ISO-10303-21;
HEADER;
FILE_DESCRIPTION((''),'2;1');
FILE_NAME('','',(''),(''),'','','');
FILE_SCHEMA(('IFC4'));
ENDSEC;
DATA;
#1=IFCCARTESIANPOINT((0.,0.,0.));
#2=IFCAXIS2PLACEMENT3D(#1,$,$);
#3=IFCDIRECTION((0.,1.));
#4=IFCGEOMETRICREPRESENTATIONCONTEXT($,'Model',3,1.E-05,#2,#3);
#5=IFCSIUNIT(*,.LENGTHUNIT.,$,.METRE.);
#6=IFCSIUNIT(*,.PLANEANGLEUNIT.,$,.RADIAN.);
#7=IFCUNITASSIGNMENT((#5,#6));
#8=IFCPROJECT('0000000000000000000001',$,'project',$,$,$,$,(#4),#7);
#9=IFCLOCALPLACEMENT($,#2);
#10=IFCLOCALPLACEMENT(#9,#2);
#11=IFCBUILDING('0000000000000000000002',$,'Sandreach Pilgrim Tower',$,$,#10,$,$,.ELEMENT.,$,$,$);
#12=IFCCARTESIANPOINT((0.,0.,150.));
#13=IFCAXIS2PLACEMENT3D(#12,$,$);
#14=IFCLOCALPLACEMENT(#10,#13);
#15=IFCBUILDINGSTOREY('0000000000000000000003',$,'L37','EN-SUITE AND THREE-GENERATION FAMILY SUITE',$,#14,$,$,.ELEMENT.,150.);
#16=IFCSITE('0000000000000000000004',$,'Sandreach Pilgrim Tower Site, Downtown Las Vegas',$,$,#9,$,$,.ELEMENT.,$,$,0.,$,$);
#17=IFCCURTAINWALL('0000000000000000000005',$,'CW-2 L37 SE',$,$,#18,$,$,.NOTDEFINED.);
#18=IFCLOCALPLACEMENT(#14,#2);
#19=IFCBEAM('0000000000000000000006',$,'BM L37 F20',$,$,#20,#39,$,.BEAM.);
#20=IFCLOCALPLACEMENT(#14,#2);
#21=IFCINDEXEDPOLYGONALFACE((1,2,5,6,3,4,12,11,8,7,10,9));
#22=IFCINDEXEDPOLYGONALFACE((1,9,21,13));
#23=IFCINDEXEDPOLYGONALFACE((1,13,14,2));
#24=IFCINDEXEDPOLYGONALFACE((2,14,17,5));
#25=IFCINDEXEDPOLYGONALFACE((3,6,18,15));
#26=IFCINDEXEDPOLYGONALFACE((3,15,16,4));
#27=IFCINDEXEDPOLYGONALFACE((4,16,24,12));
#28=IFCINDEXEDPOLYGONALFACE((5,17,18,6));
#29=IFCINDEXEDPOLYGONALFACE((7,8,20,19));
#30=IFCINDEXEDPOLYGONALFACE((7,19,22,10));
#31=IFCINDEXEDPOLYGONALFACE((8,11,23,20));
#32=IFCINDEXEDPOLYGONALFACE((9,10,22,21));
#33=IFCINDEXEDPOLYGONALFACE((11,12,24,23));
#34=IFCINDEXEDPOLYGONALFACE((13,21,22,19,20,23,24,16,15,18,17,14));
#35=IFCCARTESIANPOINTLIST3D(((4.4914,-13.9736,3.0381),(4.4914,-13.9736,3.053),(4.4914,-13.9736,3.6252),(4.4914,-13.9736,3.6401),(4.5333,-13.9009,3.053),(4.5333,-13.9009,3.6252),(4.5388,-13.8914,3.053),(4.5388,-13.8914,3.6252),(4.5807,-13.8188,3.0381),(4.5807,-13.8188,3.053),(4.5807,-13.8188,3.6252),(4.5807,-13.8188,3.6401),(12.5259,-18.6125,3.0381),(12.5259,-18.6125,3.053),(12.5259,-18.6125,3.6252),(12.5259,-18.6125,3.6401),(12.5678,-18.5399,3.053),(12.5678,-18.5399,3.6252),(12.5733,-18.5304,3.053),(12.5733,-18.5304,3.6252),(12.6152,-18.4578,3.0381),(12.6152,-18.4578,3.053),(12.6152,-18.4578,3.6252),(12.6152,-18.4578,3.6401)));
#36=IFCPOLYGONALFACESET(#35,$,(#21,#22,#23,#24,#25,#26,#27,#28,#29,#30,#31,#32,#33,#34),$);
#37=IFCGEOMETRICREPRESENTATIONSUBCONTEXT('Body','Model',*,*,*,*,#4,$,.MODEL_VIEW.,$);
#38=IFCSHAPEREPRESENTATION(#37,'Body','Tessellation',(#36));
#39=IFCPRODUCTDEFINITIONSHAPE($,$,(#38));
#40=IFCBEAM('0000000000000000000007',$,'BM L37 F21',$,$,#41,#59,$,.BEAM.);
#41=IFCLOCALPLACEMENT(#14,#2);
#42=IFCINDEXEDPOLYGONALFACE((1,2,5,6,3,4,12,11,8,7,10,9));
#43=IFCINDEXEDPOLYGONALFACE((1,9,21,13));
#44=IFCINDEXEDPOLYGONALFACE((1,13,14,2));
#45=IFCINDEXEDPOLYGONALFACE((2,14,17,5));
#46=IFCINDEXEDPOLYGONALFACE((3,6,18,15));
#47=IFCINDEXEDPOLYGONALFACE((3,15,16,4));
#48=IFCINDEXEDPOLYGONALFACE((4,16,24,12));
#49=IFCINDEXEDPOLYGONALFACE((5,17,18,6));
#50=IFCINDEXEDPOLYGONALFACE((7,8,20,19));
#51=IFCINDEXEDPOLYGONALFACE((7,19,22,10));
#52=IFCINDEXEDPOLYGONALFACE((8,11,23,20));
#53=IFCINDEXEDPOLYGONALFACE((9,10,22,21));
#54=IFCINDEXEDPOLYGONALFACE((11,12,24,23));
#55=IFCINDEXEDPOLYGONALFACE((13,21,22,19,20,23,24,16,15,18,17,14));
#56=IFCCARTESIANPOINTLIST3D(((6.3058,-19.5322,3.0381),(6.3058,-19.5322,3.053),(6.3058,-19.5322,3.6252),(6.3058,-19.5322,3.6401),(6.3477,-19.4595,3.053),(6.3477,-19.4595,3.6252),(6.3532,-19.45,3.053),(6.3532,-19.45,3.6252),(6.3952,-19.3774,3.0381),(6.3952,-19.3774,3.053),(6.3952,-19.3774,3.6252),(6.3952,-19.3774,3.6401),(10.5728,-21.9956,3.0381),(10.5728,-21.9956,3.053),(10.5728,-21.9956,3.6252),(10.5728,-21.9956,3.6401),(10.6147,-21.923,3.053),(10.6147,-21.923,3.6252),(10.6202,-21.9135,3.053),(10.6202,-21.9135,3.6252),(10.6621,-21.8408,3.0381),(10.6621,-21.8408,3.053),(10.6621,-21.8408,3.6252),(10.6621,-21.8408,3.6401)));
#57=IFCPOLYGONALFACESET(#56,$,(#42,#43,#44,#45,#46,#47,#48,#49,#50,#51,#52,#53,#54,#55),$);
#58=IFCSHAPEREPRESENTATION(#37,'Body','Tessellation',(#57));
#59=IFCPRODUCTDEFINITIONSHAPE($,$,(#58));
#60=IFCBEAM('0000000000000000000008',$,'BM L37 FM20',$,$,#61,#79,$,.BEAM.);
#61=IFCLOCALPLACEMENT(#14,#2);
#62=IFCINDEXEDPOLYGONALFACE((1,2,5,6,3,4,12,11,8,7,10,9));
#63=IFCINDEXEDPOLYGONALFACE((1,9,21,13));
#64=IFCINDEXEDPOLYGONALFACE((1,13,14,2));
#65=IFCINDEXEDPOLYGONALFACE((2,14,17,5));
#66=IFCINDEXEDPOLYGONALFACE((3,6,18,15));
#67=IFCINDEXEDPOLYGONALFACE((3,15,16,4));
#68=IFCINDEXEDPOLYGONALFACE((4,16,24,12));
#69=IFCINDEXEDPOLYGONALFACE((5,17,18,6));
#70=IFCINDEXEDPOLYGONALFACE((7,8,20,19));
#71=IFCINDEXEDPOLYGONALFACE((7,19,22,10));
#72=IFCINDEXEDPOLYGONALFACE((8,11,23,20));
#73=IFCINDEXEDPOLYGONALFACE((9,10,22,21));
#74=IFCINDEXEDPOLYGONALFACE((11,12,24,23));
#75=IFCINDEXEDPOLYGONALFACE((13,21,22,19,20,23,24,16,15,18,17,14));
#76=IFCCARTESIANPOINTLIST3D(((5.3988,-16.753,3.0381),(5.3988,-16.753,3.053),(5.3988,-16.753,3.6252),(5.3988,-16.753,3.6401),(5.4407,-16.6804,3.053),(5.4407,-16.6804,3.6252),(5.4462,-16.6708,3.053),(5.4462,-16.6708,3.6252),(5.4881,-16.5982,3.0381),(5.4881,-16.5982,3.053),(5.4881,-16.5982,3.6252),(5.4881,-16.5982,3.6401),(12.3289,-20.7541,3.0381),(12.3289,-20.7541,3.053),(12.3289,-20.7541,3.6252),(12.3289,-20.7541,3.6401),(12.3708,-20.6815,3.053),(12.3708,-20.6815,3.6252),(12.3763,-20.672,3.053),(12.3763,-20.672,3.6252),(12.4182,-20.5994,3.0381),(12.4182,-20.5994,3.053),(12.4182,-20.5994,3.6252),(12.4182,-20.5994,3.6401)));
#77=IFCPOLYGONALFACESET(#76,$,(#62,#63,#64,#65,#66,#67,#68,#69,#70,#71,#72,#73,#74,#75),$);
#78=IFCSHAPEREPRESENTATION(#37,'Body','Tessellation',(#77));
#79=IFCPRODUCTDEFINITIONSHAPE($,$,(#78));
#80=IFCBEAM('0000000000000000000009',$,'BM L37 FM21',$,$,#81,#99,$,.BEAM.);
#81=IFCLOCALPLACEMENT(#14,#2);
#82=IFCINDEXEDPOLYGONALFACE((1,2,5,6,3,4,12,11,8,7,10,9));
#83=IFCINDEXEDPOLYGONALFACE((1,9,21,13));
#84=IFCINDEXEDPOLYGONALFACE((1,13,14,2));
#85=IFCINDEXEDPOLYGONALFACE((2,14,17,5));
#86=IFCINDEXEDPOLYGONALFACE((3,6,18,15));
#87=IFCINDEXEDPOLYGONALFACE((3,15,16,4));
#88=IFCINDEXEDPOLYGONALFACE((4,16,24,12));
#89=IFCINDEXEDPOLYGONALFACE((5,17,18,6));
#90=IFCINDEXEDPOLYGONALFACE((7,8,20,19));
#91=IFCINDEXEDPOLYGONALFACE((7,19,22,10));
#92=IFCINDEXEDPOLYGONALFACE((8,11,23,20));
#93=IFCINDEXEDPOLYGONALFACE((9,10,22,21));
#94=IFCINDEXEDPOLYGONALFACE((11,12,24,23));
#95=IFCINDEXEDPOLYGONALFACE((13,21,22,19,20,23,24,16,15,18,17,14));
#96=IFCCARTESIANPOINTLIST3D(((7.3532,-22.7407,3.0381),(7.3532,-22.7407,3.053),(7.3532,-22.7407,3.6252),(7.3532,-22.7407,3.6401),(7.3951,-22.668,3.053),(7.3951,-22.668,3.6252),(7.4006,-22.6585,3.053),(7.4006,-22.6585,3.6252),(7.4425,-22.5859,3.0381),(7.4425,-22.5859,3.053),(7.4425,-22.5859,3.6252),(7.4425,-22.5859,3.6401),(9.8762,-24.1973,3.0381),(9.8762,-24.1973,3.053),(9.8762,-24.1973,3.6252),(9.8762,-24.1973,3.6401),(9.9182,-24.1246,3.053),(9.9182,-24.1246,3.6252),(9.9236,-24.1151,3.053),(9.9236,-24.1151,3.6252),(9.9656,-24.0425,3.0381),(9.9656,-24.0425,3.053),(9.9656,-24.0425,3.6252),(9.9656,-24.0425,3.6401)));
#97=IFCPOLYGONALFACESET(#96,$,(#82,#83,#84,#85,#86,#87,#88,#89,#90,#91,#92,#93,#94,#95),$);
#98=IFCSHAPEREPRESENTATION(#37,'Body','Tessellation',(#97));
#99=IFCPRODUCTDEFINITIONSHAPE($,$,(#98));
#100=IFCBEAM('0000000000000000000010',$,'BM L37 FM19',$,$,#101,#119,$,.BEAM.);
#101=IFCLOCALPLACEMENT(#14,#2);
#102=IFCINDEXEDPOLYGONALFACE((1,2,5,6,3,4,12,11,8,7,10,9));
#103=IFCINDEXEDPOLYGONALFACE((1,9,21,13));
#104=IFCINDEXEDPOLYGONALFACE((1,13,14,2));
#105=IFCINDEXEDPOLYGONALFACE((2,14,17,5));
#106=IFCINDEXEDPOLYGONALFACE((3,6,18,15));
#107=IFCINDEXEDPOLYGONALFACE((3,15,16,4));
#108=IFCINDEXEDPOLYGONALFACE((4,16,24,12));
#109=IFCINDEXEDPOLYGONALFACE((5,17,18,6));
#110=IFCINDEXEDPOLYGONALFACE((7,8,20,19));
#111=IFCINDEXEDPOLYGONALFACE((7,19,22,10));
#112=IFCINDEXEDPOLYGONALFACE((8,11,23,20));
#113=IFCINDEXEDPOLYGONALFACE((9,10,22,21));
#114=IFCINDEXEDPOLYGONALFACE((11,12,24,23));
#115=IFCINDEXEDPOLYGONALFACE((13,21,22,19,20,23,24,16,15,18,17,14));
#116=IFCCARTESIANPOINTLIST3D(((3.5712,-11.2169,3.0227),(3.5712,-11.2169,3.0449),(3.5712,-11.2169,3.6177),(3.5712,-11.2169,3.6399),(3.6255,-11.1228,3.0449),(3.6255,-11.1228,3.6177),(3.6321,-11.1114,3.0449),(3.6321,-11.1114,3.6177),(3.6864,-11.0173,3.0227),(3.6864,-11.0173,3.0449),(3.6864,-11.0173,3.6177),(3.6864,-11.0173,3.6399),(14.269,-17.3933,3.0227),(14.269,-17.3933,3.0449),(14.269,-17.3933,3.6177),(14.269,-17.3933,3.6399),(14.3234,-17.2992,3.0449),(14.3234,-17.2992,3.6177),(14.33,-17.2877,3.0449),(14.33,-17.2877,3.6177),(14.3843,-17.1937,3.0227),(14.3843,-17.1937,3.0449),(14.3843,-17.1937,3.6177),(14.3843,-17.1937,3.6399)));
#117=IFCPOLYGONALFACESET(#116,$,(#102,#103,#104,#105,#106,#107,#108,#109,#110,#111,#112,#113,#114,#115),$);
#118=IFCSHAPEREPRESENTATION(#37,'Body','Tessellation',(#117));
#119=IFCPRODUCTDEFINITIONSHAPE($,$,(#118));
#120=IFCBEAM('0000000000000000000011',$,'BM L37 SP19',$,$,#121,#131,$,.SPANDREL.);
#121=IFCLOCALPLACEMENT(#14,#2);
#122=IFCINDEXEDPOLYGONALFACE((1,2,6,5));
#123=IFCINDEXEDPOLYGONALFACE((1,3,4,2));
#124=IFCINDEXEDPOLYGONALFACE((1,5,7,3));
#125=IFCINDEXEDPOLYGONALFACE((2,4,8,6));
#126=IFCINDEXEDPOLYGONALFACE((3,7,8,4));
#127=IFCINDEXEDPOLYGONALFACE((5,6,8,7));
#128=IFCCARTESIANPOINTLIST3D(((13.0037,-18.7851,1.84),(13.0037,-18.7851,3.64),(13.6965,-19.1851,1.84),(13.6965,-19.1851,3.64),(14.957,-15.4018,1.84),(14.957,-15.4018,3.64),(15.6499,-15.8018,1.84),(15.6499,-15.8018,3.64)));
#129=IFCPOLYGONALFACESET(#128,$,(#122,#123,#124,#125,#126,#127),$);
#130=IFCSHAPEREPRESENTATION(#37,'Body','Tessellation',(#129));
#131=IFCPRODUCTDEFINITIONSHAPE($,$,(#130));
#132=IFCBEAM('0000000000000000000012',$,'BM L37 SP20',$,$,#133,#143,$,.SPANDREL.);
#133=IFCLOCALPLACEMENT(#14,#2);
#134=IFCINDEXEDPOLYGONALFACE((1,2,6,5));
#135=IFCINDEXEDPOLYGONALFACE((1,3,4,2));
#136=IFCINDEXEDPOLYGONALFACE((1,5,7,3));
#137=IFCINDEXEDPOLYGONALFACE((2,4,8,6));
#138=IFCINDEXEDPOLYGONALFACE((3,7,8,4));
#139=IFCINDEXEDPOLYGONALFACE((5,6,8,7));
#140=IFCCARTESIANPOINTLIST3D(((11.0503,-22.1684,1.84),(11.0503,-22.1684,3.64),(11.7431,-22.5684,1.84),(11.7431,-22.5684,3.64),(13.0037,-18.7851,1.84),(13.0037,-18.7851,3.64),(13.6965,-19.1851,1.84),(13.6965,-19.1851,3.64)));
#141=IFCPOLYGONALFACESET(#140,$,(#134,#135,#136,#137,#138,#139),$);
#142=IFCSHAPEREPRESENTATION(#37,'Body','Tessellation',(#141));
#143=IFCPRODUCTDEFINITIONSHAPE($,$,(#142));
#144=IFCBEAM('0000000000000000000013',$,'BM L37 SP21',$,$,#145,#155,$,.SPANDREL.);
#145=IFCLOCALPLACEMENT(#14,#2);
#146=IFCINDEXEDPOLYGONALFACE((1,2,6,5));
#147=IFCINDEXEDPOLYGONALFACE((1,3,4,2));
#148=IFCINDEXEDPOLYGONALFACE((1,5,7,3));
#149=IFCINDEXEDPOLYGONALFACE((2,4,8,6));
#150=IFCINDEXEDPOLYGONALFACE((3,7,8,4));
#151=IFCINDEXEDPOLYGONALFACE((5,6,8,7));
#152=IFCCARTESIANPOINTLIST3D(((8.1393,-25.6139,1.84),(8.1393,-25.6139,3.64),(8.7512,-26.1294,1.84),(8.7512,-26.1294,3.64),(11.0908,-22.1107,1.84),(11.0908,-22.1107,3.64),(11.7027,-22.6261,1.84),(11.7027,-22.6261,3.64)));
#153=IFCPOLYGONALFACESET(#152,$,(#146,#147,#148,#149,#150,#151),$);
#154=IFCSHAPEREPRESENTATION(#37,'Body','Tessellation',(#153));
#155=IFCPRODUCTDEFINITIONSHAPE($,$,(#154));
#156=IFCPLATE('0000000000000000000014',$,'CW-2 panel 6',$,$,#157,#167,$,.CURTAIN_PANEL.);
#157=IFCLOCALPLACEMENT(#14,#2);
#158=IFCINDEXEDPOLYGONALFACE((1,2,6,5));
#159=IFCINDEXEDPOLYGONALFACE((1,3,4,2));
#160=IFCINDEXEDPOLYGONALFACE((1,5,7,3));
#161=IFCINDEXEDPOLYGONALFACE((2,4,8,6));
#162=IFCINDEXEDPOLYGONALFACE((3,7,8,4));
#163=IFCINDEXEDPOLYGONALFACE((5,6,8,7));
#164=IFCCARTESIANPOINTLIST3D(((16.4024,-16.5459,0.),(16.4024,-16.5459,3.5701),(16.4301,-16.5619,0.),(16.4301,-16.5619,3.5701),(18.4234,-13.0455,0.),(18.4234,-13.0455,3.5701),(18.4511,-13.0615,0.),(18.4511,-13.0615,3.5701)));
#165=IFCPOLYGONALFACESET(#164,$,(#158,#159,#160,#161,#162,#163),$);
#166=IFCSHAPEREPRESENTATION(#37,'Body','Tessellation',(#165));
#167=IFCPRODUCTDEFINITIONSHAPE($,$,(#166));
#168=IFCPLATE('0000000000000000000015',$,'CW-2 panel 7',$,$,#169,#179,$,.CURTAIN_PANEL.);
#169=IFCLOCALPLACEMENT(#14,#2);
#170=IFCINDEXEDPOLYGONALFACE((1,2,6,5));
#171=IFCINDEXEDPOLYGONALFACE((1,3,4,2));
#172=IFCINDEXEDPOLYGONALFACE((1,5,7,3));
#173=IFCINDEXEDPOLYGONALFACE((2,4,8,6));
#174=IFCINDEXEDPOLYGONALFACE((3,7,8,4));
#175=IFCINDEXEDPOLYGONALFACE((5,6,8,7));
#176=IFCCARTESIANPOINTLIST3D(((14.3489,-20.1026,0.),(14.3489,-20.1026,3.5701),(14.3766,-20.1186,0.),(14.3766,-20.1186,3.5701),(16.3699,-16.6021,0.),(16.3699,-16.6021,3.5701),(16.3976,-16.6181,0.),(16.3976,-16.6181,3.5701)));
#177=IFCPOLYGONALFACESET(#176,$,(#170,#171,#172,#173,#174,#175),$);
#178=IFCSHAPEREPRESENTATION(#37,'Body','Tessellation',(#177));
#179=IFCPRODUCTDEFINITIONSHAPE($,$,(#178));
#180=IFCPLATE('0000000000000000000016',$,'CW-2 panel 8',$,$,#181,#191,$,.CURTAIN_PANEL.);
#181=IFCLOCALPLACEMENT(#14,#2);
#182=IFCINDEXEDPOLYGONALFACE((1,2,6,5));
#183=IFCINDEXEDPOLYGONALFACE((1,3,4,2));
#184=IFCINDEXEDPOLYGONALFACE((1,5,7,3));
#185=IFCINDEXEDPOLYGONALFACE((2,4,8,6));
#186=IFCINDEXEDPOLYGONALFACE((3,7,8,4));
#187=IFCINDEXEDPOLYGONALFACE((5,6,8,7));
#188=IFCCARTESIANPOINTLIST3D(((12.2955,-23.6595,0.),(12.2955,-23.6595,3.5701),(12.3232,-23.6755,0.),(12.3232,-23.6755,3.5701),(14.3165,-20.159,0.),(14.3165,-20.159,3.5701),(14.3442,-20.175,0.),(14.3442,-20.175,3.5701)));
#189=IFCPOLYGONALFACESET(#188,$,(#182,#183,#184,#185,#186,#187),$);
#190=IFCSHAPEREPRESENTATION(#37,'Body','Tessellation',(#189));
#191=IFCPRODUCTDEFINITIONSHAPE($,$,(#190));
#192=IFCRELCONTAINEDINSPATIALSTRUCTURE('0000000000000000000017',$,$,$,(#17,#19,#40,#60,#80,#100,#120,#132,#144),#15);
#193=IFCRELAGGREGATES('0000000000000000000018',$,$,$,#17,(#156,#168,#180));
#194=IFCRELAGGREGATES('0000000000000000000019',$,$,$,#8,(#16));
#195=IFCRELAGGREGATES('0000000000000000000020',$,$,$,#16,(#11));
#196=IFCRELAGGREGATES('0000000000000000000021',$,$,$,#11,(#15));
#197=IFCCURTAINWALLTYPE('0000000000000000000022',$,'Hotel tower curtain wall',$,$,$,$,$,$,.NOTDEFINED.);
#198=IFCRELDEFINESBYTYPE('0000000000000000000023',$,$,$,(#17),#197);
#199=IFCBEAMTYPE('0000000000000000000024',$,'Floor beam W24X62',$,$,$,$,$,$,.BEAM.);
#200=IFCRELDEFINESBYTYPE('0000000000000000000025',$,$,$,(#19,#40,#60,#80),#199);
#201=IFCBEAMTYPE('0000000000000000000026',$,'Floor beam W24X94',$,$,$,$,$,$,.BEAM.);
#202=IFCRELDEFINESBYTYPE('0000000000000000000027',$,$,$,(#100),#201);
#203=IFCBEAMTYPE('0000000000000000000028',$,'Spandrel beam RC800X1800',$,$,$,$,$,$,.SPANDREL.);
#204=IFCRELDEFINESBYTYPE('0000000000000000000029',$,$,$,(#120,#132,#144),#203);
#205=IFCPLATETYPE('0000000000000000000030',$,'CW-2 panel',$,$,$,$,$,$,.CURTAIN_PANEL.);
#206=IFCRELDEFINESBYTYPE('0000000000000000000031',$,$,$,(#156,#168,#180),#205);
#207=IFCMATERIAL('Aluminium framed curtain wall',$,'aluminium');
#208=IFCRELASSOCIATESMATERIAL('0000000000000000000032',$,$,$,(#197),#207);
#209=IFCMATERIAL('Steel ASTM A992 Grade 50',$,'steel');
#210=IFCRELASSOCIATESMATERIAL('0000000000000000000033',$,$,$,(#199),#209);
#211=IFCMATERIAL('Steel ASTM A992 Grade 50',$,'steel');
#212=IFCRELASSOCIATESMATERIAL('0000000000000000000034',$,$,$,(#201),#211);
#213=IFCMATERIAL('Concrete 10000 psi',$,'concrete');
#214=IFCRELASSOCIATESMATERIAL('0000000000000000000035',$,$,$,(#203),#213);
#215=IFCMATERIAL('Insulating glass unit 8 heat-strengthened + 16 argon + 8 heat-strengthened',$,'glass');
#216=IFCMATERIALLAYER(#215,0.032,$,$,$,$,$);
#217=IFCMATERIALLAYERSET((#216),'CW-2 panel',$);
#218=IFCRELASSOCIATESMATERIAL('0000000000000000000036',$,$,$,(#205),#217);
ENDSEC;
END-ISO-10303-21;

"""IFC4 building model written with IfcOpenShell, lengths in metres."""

from ifc_helpers import new_model, si_unit, direction, frame, origin, origin_2d, place, context, subcontext, project, spatial, rectangle, i_section, extrude, material, layer, layer_set, material_profile, profile_set, type_object, element, aggregate, save


model = new_model("IFC4")

# Units and contexts
model_context = context("Model", 3, precision=1e-05, world=origin(), true_north=direction((0.0, 1.0)))
body_context = subcontext(model_context, "Body", "Model", "MODEL_VIEW")
ifc_project = project(units=[si_unit("LENGTHUNIT", "METRE"), si_unit("PLANEANGLEUNIT", "RADIAN")], contexts=[model_context])

# Site, building, storey
site_placement = place(None, origin())
site = spatial("IfcSite", under=ifc_project, at=site_placement, Name="Sandreach Pilgrim Tower Site, Downtown Las Vegas", CompositionType="ELEMENT", RefElevation=0.0)
building_placement = place(site_placement, origin())
building = spatial("IfcBuilding", under=site, at=building_placement, Name="Sandreach Pilgrim Tower", CompositionType="ELEMENT")
storey_placement = place(building_placement, frame((0.0, 0.0, 150.0)))
storey = spatial("IfcBuildingStorey", under=building, at=storey_placement, Name="L37", Description="EN-SUITE AND THREE-GENERATION FAMILY SUITE", CompositionType="ELEMENT", Elevation=150.0)

# Curtain wall
ifc_material_1 = material(Name="Aluminium framed curtain wall", Category="aluminium")
curtain_wall_type = type_object("IfcCurtainWallType", Name="Hotel tower curtain wall", PredefinedType="NOTDEFINED", material=ifc_material_1)
curtain_wall_1_placement = place(storey_placement, origin())
curtain_wall_1 = element("IfcCurtainWall", 1, at=curtain_wall_1_placement, inside=storey, type_object=curtain_wall_type, Name="CW-2 L37 SE", PredefinedType="NOTDEFINED")

# Beams
ifc_material_2 = material(Name="Steel ASTM A992 Grade 50", Category="steel")
ifc_material_profile_1 = material_profile(ifc_material_2, i_section(OverallWidth=0.1787, OverallDepth=0.6021, WebThickness=0.011, FlangeThickness=0.0149, at=origin_2d()), Name="W24X62")
ifc_profile_set_1 = profile_set([ifc_material_profile_1], Name="Steel ASTM A992 Grade 50")
beam_type_1 = type_object("IfcBeamType", Name="Floor beam W24X62", PredefinedType="BEAM", material=ifc_profile_set_1)
beam_1_placement = place(storey_placement, frame((12.5706, -18.5352, 3.3391), z_axis=(-0.866014, 0.500019, 0.0), x_axis=(-0.500019, -0.866014, 0.0)))
element("IfcBeam", 2, at=beam_1_placement, inside=storey, type_object=beam_type_1, Name="BM L37 F20", PredefinedType="BEAM", context=body_context, shape_type="SweptSolid", body=[
    extrude(i_section(OverallWidth=0.1787, OverallDepth=0.6021, WebThickness=0.011, FlangeThickness=0.0149, at=origin_2d()), origin(), (0.0, 0.0, 1.0), 9.2776),
])
beam_2_placement = place(storey_placement, frame((10.6174, -21.9182, 3.3391), z_axis=(-0.866033, 0.499987, 0.0), x_axis=(-0.499987, -0.866033, 0.0)))
element("IfcBeam", 3, at=beam_2_placement, inside=storey, type_object=beam_type_1, Name="BM L37 F21", PredefinedType="BEAM", context=body_context, shape_type="SweptSolid", body=[
    extrude(i_section(OverallWidth=0.1787, OverallDepth=0.6021, WebThickness=0.011, FlangeThickness=0.0149, at=origin_2d()), origin(), (0.0, 0.0, 1.0), 4.927),
])
beam_3_placement = place(storey_placement, frame((12.3735, -20.6768, 3.3391), z_axis=(-0.866021, 0.500008, 0.0), x_axis=(-0.500008, -0.866021, 0.0)))
element("IfcBeam", 4, at=beam_3_placement, inside=storey, type_object=beam_type_1, Name="BM L37 FM20", PredefinedType="BEAM", context=body_context, shape_type="SweptSolid", body=[
    extrude(i_section(OverallWidth=0.1787, OverallDepth=0.6021, WebThickness=0.011, FlangeThickness=0.0149, at=origin_2d()), origin(), (0.0, 0.0, 1.0), 8.0022),
])
beam_4_placement = place(storey_placement, frame((9.9209, -24.1199, 3.3391), z_axis=(-0.866038, 0.499979, 0.0), x_axis=(-0.499979, -0.866038, 0.0)))
element("IfcBeam", 5, at=beam_4_placement, inside=storey, type_object=beam_type_1, Name="BM L37 FM21", PredefinedType="BEAM", context=body_context, shape_type="SweptSolid", body=[
    extrude(i_section(OverallWidth=0.1787, OverallDepth=0.6021, WebThickness=0.011, FlangeThickness=0.0149, at=origin_2d()), origin(), (0.0, 0.0, 1.0), 2.9133),
])
ifc_material_3 = material(Name="Steel ASTM A992 Grade 50", Category="steel")
ifc_material_profile_2 = material_profile(ifc_material_3, i_section(OverallWidth=0.2305, OverallDepth=0.6172, WebThickness=0.0132, FlangeThickness=0.0222, at=origin_2d()), Name="W24X94")
ifc_profile_set_2 = profile_set([ifc_material_profile_2], Name="Steel ASTM A992 Grade 50")
beam_type_2 = type_object("IfcBeamType", Name="Floor beam W24X94", PredefinedType="BEAM", material=ifc_profile_set_2)
beam_5_placement = place(storey_placement, frame((14.3267, -17.2935, 3.3313), z_axis=(-0.866028, 0.499995, 0.0), x_axis=(-0.499995, -0.866028, 0.0)))
element("IfcBeam", 6, at=beam_5_placement, inside=storey, type_object=beam_type_2, Name="BM L37 FM19", PredefinedType="BEAM", context=body_context, shape_type="SweptSolid", body=[
    extrude(i_section(OverallWidth=0.2305, OverallDepth=0.6172, WebThickness=0.0132, FlangeThickness=0.0222, at=origin_2d()), origin(), (0.0, 0.0, 1.0), 12.3528),
])
ifc_material_4 = material(Name="Concrete 10000 psi", Category="concrete")
ifc_material_profile_3 = material_profile(ifc_material_4, rectangle(XDim=0.8, YDim=1.8, at=origin_2d()), Name="RC800X1800")
ifc_profile_set_3 = profile_set([ifc_material_profile_3], Name="Concrete 10000 psi")
beam_type_3 = type_object("IfcBeamType", Name="Spandrel beam RC800X1800", PredefinedType="SPANDREL", material=ifc_profile_set_3)
for number, where, z_axis, x_axis, name in (
    (7, (15.3035, -15.6018, 2.74), (-0.500004, -0.866023, 0.0), (0.866023, -0.500004, 0.0), "BM L37 SP19"),
    (8, (13.3501, -18.9851, 2.74), (-0.500004, -0.866023, 0.0), (0.866023, -0.500004, 0.0), "BM L37 SP20"),
):
    element("IfcBeam", number, at=place(storey_placement, frame(where, z_axis=z_axis, x_axis=x_axis)), inside=storey, type_object=beam_type_3, Name=name, PredefinedType="SPANDREL", context=body_context, shape_type="SweptSolid", body=[
        extrude(rectangle(XDim=0.8, YDim=1.8, at=origin_2d()), origin(), (0.0, 0.0, 1.0), 3.9067),
    ])
beam_6_placement = place(storey_placement, frame((11.3967, -22.3684, 2.74), z_axis=(-0.644311, -0.764763, 0.0), x_axis=(0.764763, -0.644311, 0.0)))
element("IfcBeam", 9, at=beam_6_placement, inside=storey, type_object=beam_type_3, Name="BM L37 SP21", PredefinedType="SPANDREL", context=body_context, shape_type="SweptSolid", body=[
    extrude(rectangle(XDim=0.8, YDim=1.8, at=origin_2d()), origin(), (0.0, 0.0, 1.0), 4.5808),
])

# Plates
ifc_material_5 = material(Name="Insulating glass unit 8 heat-strengthened + 16 argon + 8 heat-strengthened", Category="glass")
ifc_layer_1 = layer(ifc_material_5, 0.032)
ifc_layer_set_1 = layer_set([ifc_layer_1], Name="CW-2 panel")
plate_type = type_object("IfcPlateType", Name="CW-2 panel", PredefinedType="CURTAIN_PANEL", material=ifc_layer_set_1)
plate_1_placement = place(storey_placement, frame((17.4268, -14.8037, 0.0), z_axis=(0.0, 0.0, 1.0), x_axis=(-0.5, -0.866025, 0.0)))
plate_1 = element("IfcPlate", 10, at=plate_1_placement, type_object=plate_type, Name="CW-2 panel 6", PredefinedType="CURTAIN_PANEL", context=body_context, shape_type="SweptSolid", body=[
    extrude(rectangle(XDim=4.042, YDim=0.032, at=origin_2d()), origin(), (0.0, 0.0, 1.0), 3.5701),
])
plate_2_placement = place(storey_placement, frame((15.3733, -18.3604, 0.0), z_axis=(0.0, 0.0, 1.0), x_axis=(-0.5, -0.866025, 0.0)))
plate_2 = element("IfcPlate", 11, at=plate_2_placement, type_object=plate_type, Name="CW-2 panel 7", PredefinedType="CURTAIN_PANEL", context=body_context, shape_type="SweptSolid", body=[
    extrude(rectangle(XDim=4.042, YDim=0.032, at=origin_2d()), origin(), (0.0, 0.0, 1.0), 3.5701),
])
plate_3_placement = place(storey_placement, frame((13.3198, -21.9172, 0.0), z_axis=(0.0, 0.0, 1.0), x_axis=(-0.5, -0.866025, 0.0)))
plate_3 = element("IfcPlate", 12, at=plate_3_placement, type_object=plate_type, Name="CW-2 panel 8", PredefinedType="CURTAIN_PANEL", context=body_context, shape_type="SweptSolid", body=[
    extrude(rectangle(XDim=4.042, YDim=0.032, at=origin_2d()), origin(), (0.0, 0.0, 1.0), 3.5701),
])
aggregate(curtain_wall_1, [plate_1, plate_2, plate_3])

save(model, "model.ifc")
